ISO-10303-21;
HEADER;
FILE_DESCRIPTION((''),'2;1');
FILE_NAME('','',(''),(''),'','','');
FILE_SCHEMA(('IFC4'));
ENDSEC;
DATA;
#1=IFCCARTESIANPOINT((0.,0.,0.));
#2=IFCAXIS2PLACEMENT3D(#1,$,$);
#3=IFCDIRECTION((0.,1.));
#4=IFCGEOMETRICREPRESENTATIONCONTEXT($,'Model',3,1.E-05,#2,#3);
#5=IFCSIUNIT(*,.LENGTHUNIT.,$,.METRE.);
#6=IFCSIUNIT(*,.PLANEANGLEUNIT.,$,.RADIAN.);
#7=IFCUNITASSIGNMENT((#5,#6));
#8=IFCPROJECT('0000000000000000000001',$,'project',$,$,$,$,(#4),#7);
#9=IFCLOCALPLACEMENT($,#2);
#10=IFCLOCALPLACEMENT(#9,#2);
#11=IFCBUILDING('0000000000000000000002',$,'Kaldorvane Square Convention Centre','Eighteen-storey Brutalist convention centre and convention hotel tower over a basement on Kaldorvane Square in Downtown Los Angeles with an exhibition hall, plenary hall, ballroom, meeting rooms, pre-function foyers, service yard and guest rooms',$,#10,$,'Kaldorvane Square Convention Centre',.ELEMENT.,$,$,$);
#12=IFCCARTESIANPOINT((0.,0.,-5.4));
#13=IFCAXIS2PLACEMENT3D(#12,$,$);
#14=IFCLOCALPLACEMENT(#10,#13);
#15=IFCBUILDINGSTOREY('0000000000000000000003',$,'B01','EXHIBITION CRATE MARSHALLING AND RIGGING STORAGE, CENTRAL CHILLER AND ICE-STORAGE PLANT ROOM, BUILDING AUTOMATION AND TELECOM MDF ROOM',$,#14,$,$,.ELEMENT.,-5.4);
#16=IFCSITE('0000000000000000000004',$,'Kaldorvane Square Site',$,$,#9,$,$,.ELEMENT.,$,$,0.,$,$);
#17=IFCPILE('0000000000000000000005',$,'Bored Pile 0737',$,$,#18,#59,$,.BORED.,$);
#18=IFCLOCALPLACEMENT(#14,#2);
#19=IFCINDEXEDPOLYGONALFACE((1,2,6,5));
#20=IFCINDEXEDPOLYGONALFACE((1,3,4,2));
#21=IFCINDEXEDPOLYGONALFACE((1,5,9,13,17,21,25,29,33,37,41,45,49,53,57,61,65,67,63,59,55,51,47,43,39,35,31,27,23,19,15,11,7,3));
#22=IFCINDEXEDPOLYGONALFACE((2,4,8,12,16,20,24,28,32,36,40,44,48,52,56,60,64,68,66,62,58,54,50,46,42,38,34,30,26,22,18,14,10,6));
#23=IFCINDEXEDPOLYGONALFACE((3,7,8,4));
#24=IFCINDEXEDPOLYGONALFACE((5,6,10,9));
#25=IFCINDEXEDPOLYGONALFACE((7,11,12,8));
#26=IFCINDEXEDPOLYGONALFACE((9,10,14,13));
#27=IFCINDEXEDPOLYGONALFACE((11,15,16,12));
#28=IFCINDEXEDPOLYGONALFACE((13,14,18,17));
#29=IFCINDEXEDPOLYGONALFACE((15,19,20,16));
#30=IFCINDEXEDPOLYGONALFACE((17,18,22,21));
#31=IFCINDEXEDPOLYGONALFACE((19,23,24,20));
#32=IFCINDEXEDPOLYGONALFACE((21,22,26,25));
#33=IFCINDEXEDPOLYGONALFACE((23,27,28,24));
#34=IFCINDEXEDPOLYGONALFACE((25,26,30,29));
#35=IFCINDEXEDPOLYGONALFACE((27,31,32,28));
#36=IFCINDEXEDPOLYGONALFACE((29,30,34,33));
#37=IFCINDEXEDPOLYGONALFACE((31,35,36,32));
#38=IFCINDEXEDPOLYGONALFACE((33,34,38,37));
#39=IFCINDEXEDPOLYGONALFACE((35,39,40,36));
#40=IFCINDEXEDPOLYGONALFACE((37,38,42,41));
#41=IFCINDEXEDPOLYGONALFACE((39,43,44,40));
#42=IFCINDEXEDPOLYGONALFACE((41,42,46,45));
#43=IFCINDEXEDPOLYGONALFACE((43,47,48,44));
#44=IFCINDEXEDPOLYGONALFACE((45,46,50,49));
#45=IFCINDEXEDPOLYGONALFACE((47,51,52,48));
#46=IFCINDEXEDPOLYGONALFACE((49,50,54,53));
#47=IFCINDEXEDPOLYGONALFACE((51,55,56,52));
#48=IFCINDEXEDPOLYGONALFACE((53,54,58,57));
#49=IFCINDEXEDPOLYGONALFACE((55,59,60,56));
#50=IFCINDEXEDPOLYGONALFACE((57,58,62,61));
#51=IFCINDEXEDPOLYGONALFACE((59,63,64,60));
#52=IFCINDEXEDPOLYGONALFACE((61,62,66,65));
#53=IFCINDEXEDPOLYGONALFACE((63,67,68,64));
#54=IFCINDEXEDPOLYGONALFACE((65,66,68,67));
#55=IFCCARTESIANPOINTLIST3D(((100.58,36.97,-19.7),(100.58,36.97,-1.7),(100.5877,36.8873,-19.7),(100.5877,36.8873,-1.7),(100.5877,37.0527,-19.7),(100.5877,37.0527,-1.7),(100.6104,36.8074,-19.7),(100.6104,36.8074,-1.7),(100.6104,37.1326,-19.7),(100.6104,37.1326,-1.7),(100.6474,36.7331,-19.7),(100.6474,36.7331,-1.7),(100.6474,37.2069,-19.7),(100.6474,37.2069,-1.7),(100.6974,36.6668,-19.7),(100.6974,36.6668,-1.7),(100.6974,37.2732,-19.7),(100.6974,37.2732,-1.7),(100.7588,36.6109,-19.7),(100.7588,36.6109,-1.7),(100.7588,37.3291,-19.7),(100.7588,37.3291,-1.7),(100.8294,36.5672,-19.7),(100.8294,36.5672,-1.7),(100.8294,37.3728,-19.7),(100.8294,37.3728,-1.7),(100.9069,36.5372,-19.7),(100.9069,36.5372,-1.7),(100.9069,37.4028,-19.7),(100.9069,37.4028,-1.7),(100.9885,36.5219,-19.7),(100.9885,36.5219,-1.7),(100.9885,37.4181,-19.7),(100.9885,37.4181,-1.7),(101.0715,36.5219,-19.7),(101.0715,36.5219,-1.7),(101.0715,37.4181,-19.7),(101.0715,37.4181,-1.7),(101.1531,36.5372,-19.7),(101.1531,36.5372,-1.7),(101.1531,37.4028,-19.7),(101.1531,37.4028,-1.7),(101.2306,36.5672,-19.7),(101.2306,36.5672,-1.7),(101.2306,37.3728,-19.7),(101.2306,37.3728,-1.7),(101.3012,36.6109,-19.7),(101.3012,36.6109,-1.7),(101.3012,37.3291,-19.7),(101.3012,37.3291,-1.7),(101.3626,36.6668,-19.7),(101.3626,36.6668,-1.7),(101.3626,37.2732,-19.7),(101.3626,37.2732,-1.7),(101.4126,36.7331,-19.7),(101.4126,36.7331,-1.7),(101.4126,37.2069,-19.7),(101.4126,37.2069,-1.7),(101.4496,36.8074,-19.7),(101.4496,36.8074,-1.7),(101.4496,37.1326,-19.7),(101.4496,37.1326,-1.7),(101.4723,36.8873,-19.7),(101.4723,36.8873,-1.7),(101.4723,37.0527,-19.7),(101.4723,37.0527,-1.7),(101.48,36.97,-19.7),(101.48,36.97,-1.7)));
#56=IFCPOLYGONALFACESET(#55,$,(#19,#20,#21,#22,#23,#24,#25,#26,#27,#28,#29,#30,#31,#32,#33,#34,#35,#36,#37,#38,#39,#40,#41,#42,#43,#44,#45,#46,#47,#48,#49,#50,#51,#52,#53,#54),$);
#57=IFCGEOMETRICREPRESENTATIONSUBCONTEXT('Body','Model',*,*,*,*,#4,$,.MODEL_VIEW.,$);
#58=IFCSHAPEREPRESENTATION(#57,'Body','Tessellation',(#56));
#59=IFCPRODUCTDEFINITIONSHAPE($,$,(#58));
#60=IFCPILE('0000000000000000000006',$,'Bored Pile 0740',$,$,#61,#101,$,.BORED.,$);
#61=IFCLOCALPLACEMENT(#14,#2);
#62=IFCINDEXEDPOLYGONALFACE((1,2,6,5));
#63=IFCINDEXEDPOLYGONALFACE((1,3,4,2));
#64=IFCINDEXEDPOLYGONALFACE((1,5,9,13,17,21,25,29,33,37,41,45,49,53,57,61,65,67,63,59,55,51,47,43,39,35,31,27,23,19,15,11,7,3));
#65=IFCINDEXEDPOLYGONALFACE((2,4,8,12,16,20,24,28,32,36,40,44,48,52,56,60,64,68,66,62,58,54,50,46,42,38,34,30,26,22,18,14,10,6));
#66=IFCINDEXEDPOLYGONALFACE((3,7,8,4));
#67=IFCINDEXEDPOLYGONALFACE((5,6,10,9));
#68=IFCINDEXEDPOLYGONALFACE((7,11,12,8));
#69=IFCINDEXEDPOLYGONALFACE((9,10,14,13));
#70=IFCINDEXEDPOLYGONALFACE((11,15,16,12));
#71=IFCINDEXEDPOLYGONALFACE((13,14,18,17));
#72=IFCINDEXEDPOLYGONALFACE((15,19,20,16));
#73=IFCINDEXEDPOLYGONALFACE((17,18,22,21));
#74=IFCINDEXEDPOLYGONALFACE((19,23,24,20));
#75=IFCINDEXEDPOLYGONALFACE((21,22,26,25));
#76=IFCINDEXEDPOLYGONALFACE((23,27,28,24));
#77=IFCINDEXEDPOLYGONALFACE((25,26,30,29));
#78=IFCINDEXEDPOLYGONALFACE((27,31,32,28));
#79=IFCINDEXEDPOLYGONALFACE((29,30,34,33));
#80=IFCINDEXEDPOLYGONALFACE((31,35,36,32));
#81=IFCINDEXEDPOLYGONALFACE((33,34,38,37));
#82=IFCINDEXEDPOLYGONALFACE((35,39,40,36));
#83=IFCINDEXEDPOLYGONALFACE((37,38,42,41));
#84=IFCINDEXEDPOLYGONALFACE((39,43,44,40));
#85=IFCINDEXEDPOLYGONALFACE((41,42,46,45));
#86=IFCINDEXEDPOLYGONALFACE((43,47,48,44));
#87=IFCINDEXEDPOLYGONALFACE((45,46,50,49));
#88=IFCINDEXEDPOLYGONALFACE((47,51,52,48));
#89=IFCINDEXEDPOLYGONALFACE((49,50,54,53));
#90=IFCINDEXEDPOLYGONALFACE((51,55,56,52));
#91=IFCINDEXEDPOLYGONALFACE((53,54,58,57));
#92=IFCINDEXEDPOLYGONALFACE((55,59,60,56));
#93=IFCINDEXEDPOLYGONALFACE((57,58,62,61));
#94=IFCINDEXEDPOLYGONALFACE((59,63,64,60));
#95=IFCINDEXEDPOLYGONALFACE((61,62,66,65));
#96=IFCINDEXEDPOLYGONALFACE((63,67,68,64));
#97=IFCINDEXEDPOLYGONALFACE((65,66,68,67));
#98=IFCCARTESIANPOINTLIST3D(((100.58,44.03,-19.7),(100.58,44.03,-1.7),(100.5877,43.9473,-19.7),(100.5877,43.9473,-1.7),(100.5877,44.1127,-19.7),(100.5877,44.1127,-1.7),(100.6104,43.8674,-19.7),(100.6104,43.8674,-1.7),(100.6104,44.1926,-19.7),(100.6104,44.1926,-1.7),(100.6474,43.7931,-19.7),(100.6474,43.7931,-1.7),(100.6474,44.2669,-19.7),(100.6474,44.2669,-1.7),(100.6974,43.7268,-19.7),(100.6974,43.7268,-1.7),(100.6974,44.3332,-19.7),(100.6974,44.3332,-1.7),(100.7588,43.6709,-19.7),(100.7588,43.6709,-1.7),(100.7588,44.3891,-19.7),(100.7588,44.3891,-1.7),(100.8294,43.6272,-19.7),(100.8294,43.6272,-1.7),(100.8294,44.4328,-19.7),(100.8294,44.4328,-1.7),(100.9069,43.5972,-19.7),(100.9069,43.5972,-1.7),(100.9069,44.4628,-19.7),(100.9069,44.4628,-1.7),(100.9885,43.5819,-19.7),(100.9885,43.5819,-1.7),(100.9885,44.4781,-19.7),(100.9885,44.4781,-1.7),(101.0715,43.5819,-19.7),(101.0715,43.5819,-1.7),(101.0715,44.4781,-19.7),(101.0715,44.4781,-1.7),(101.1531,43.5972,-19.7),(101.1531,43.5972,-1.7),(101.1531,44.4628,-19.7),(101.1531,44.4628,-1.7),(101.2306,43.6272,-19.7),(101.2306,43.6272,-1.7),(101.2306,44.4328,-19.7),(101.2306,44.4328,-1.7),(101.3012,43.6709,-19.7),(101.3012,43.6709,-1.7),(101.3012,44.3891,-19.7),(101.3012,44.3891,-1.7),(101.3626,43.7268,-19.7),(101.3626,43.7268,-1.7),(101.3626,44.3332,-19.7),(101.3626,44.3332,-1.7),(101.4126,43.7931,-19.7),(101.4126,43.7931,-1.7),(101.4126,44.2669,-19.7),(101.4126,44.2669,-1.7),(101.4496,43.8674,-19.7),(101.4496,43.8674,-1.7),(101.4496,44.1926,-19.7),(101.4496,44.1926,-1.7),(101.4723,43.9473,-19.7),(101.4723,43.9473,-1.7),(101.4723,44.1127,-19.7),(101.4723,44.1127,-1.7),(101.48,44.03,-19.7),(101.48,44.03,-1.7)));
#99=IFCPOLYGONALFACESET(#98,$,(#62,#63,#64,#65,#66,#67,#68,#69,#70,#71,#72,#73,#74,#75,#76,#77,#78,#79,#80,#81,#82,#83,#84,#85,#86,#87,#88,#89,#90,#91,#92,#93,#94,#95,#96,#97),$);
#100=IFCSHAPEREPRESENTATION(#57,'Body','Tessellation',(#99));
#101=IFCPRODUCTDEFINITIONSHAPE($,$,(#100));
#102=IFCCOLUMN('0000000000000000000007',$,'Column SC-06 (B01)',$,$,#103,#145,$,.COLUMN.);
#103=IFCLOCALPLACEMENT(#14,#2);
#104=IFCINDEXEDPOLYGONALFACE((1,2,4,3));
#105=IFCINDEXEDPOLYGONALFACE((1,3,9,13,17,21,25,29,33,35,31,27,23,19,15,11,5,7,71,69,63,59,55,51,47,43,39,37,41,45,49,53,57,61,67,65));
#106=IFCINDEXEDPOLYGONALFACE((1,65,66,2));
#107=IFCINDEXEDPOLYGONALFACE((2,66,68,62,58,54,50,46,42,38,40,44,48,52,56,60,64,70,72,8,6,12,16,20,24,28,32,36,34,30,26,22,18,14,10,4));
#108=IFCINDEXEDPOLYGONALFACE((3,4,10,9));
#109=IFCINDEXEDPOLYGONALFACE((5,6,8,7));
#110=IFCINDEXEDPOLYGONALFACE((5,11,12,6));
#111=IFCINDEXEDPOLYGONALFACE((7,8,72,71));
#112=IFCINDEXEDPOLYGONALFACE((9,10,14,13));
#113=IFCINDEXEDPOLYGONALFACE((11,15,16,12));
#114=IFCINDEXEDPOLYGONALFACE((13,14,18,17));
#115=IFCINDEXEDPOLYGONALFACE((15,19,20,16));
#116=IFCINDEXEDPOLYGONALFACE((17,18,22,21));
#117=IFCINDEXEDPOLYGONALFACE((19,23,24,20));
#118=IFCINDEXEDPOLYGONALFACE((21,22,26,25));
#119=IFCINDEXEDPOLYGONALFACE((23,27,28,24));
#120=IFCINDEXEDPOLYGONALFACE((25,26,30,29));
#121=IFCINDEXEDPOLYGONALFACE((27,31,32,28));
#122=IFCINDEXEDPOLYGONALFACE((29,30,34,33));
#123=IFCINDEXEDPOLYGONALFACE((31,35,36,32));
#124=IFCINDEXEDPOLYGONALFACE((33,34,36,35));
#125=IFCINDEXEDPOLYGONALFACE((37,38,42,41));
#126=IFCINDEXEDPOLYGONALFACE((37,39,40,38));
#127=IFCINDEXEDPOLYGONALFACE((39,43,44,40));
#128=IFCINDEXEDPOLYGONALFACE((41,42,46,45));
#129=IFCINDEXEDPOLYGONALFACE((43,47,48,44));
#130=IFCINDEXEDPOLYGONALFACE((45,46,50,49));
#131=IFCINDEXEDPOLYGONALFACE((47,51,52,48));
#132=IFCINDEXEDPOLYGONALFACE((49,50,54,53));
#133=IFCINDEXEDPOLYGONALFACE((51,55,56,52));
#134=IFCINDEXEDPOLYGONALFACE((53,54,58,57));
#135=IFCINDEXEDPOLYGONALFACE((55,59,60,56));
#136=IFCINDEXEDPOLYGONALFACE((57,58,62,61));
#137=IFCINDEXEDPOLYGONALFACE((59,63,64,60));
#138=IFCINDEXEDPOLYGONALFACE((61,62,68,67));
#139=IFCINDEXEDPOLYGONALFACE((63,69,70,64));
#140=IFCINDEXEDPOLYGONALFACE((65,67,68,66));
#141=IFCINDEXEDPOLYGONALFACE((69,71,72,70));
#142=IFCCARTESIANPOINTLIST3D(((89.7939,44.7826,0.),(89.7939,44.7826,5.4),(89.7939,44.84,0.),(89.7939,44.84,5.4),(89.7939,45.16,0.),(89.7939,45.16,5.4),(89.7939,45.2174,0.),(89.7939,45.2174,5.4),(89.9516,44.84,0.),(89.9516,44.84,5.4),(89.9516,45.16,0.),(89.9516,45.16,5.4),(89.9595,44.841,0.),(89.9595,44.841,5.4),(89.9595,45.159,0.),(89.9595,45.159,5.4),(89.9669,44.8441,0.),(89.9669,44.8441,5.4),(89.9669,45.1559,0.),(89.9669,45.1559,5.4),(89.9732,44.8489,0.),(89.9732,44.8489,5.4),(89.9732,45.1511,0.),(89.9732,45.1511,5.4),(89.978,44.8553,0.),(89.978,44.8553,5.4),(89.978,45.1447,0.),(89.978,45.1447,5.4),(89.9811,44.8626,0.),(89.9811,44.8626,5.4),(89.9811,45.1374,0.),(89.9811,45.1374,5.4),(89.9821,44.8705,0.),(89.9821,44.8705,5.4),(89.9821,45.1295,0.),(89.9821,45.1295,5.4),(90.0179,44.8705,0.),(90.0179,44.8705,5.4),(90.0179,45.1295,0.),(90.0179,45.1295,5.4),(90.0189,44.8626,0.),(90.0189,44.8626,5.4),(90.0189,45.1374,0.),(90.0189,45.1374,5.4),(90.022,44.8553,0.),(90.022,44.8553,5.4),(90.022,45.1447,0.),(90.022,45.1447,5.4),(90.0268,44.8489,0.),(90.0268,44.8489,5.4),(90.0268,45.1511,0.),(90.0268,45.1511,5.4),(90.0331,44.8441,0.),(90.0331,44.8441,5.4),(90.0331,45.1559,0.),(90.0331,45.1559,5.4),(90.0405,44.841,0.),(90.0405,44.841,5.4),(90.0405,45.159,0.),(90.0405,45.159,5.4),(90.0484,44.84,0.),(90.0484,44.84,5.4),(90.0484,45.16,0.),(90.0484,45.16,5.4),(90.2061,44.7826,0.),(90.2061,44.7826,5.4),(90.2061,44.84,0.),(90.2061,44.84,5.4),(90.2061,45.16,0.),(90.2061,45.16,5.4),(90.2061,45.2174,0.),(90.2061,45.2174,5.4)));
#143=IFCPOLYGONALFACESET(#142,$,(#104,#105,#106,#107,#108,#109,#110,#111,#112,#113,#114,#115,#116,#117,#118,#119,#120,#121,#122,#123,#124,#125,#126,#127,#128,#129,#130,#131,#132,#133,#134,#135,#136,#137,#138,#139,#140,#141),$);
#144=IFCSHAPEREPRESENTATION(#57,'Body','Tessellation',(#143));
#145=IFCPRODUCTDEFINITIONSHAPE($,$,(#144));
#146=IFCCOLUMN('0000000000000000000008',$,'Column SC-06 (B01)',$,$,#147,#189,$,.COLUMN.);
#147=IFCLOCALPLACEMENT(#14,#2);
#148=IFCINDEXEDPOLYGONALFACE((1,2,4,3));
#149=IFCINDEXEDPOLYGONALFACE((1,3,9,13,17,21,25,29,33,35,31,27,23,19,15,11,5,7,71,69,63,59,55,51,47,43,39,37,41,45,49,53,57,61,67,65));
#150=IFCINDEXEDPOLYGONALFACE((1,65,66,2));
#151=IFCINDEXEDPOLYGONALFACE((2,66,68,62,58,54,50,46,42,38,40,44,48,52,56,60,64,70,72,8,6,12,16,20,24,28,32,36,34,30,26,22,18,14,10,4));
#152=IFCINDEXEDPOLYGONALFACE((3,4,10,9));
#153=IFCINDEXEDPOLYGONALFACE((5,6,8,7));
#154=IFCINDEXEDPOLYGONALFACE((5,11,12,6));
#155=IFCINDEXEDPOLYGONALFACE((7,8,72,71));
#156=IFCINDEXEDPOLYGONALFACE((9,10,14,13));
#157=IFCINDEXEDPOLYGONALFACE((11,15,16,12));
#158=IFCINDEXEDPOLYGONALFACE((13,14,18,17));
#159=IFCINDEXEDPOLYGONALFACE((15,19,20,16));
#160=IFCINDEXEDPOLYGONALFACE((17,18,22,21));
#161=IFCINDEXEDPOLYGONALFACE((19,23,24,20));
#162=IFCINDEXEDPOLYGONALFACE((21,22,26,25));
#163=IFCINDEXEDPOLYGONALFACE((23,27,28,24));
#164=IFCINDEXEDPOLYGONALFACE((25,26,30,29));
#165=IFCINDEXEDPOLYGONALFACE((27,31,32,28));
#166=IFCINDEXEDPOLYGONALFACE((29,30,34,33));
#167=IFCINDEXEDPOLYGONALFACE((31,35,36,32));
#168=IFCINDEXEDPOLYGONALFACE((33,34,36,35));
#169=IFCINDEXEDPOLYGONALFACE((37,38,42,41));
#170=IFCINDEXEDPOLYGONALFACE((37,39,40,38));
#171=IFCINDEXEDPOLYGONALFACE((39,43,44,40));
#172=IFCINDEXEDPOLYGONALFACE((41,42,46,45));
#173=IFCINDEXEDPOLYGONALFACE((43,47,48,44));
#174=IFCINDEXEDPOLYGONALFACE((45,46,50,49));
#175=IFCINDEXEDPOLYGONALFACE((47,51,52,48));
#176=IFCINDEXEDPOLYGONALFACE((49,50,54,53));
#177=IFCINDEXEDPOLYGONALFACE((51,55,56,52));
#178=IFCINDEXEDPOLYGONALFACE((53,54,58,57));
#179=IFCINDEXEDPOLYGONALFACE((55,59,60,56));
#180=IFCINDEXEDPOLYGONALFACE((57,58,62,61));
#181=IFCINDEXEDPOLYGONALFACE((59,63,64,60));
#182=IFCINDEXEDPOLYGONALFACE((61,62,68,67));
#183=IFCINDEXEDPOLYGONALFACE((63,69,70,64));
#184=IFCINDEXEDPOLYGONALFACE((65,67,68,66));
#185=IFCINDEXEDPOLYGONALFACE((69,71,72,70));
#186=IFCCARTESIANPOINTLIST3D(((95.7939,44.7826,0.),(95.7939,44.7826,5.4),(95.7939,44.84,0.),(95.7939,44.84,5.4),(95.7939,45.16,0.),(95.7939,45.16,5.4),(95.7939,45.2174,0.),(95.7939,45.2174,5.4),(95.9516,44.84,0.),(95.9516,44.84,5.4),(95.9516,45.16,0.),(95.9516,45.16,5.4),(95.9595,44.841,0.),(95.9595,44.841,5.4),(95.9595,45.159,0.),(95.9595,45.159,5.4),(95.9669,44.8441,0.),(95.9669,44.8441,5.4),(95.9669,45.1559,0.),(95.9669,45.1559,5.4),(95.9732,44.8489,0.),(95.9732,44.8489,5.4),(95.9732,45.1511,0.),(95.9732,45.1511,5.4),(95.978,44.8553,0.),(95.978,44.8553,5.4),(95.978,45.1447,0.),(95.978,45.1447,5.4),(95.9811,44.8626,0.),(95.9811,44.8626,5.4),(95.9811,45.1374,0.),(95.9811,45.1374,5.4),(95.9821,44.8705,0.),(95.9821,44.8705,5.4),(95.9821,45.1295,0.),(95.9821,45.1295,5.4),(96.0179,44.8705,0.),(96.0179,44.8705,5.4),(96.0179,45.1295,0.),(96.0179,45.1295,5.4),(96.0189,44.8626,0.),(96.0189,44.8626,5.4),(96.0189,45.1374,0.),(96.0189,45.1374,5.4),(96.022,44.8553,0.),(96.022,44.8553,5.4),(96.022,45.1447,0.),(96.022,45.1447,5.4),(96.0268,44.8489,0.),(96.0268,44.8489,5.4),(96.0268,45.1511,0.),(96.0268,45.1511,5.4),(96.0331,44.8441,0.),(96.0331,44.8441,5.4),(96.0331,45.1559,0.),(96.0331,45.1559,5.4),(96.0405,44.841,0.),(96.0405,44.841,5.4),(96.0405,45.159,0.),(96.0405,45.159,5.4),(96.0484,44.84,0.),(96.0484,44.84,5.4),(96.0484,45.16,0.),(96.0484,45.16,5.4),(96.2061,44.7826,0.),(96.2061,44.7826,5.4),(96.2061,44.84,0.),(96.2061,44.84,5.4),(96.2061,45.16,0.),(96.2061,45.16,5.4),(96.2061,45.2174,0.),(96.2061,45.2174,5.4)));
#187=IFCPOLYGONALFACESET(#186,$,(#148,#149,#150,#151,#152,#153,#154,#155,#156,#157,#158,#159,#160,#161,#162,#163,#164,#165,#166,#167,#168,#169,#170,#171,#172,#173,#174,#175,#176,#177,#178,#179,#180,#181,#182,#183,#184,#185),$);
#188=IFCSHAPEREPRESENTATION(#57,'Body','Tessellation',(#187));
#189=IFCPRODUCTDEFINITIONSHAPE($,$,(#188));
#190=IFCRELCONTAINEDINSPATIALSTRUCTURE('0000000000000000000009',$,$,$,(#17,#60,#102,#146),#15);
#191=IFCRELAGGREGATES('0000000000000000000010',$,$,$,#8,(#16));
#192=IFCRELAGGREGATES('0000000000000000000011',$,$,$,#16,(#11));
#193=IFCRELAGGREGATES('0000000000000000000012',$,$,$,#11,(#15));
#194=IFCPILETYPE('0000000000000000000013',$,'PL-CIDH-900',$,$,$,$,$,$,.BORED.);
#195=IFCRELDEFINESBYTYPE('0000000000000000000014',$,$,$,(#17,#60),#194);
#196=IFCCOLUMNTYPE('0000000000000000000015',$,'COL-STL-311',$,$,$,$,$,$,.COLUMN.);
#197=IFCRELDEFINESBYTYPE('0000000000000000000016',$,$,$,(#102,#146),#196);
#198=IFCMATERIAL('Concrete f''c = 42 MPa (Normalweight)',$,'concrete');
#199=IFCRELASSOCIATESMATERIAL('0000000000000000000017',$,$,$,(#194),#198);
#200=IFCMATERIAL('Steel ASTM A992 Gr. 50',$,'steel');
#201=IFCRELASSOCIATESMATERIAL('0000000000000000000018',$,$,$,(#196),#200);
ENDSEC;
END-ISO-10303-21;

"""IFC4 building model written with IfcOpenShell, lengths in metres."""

from ifc_helpers import new_model, si_unit, direction, frame, origin, origin_2d, place, context, subcontext, project, spatial, circle, i_section, extrude, material, material_profile, profile_set, type_object, element, save


model = new_model("IFC4")

# Units and contexts
model_context = context("Model", 3, precision=1e-05, world=origin(), true_north=direction((0.0, 1.0)))
body_context = subcontext(model_context, "Body", "Model", "MODEL_VIEW")
ifc_project = project(units=[si_unit("LENGTHUNIT", "METRE"), si_unit("PLANEANGLEUNIT", "RADIAN")], contexts=[model_context])

# Site, building, storey
site_placement = place(None, origin())
site = spatial("IfcSite", under=ifc_project, at=site_placement, Name="Kaldorvane Square Site", CompositionType="ELEMENT", RefElevation=0.0)
building_placement = place(site_placement, origin())
building = spatial("IfcBuilding", under=site, at=building_placement, Name="Kaldorvane Square Convention Centre", Description="Eighteen-storey Brutalist convention centre and convention hotel tower over a basement on Kaldorvane Square in Downtown Los Angeles with an exhibition hall, plenary hall, ballroom, meeting rooms, pre-function foyers, service yard and guest rooms", LongName="Kaldorvane Square Convention Centre", CompositionType="ELEMENT")
storey_placement = place(building_placement, frame((0.0, 0.0, -5.4)))
storey = spatial("IfcBuildingStorey", under=building, at=storey_placement, Name="B01", Description="EXHIBITION CRATE MARSHALLING AND RIGGING STORAGE, CENTRAL CHILLER AND ICE-STORAGE PLANT ROOM, BUILDING AUTOMATION AND TELECOM MDF ROOM", CompositionType="ELEMENT", Elevation=-5.4)

# Shared definitions
ifc_material_1 = material(Name="Concrete f'c = 42 MPa (Normalweight)", Category="concrete")

# Piles
ifc_material_profile_1 = material_profile(ifc_material_1, circle(Radius=0.45, at=origin_2d()), Name="PILE-D900")
ifc_profile_set_1 = profile_set([ifc_material_profile_1], Name="Concrete f'c = 42 MPa (Normalweight)")
pile_type = type_object("IfcPileType", Name="PL-CIDH-900", PredefinedType="BORED", material=ifc_profile_set_1)
for number, where, z_axis, x_axis, name in (
    (1, (101.03, 36.97, -1.7), (0.0, 0.0, -1.0), (1.0, 0.0, 0.0), "Bored Pile 0737"),
    (2, (101.03, 44.03, -1.7), (0.0, 0.0, -1.0), (1.0, 0.0, 0.0), "Bored Pile 0740"),
):
    element("IfcPile", number, at=place(storey_placement, frame(where, z_axis=z_axis, x_axis=x_axis)), inside=storey, type_object=pile_type, Name=name, PredefinedType="BORED", context=body_context, shape_type="SweptSolid", body=[
        extrude(circle(Radius=0.45, at=origin_2d()), origin(), (0.0, 0.0, 1.0), 18.0),
    ])

# Columns
ifc_material_2 = material(Name="Steel ASTM A992 Gr. 50", Category="steel")
ifc_material_profile_2 = material_profile(ifc_material_2, i_section(OverallWidth=0.4122, OverallDepth=0.4348, WebThickness=0.0358, FlangeThickness=0.0574, FilletRadius=0.0305, at=origin_2d()), Name="W14X311")
ifc_profile_set_2 = profile_set([ifc_material_profile_2], Name="Steel ASTM A992 Gr. 50")
column_type = type_object("IfcColumnType", Name="COL-STL-311", PredefinedType="COLUMN", material=ifc_profile_set_2)
for number, where, z_axis, x_axis, name in (
    (3, (90.0, 45.0, 0.0), (0.0, 0.0, 1.0), (1.0, 0.0, 0.0), "Column SC-06 (B01)"),
    (4, (96.0, 45.0, 0.0), (0.0, 0.0, 1.0), (1.0, 0.0, 0.0), "Column SC-06 (B01)"),
):
    element("IfcColumn", number, at=place(storey_placement, frame(where, z_axis=z_axis, x_axis=x_axis)), inside=storey, type_object=column_type, Name=name, PredefinedType="COLUMN", context=body_context, shape_type="SweptSolid", body=[
        extrude(i_section(OverallWidth=0.4122, OverallDepth=0.4348, WebThickness=0.0358, FlangeThickness=0.0574, FilletRadius=0.0305, at=origin_2d()), origin(), (0.0, 0.0, 1.0), 5.4),
    ])

save(model, "model.ifc")
